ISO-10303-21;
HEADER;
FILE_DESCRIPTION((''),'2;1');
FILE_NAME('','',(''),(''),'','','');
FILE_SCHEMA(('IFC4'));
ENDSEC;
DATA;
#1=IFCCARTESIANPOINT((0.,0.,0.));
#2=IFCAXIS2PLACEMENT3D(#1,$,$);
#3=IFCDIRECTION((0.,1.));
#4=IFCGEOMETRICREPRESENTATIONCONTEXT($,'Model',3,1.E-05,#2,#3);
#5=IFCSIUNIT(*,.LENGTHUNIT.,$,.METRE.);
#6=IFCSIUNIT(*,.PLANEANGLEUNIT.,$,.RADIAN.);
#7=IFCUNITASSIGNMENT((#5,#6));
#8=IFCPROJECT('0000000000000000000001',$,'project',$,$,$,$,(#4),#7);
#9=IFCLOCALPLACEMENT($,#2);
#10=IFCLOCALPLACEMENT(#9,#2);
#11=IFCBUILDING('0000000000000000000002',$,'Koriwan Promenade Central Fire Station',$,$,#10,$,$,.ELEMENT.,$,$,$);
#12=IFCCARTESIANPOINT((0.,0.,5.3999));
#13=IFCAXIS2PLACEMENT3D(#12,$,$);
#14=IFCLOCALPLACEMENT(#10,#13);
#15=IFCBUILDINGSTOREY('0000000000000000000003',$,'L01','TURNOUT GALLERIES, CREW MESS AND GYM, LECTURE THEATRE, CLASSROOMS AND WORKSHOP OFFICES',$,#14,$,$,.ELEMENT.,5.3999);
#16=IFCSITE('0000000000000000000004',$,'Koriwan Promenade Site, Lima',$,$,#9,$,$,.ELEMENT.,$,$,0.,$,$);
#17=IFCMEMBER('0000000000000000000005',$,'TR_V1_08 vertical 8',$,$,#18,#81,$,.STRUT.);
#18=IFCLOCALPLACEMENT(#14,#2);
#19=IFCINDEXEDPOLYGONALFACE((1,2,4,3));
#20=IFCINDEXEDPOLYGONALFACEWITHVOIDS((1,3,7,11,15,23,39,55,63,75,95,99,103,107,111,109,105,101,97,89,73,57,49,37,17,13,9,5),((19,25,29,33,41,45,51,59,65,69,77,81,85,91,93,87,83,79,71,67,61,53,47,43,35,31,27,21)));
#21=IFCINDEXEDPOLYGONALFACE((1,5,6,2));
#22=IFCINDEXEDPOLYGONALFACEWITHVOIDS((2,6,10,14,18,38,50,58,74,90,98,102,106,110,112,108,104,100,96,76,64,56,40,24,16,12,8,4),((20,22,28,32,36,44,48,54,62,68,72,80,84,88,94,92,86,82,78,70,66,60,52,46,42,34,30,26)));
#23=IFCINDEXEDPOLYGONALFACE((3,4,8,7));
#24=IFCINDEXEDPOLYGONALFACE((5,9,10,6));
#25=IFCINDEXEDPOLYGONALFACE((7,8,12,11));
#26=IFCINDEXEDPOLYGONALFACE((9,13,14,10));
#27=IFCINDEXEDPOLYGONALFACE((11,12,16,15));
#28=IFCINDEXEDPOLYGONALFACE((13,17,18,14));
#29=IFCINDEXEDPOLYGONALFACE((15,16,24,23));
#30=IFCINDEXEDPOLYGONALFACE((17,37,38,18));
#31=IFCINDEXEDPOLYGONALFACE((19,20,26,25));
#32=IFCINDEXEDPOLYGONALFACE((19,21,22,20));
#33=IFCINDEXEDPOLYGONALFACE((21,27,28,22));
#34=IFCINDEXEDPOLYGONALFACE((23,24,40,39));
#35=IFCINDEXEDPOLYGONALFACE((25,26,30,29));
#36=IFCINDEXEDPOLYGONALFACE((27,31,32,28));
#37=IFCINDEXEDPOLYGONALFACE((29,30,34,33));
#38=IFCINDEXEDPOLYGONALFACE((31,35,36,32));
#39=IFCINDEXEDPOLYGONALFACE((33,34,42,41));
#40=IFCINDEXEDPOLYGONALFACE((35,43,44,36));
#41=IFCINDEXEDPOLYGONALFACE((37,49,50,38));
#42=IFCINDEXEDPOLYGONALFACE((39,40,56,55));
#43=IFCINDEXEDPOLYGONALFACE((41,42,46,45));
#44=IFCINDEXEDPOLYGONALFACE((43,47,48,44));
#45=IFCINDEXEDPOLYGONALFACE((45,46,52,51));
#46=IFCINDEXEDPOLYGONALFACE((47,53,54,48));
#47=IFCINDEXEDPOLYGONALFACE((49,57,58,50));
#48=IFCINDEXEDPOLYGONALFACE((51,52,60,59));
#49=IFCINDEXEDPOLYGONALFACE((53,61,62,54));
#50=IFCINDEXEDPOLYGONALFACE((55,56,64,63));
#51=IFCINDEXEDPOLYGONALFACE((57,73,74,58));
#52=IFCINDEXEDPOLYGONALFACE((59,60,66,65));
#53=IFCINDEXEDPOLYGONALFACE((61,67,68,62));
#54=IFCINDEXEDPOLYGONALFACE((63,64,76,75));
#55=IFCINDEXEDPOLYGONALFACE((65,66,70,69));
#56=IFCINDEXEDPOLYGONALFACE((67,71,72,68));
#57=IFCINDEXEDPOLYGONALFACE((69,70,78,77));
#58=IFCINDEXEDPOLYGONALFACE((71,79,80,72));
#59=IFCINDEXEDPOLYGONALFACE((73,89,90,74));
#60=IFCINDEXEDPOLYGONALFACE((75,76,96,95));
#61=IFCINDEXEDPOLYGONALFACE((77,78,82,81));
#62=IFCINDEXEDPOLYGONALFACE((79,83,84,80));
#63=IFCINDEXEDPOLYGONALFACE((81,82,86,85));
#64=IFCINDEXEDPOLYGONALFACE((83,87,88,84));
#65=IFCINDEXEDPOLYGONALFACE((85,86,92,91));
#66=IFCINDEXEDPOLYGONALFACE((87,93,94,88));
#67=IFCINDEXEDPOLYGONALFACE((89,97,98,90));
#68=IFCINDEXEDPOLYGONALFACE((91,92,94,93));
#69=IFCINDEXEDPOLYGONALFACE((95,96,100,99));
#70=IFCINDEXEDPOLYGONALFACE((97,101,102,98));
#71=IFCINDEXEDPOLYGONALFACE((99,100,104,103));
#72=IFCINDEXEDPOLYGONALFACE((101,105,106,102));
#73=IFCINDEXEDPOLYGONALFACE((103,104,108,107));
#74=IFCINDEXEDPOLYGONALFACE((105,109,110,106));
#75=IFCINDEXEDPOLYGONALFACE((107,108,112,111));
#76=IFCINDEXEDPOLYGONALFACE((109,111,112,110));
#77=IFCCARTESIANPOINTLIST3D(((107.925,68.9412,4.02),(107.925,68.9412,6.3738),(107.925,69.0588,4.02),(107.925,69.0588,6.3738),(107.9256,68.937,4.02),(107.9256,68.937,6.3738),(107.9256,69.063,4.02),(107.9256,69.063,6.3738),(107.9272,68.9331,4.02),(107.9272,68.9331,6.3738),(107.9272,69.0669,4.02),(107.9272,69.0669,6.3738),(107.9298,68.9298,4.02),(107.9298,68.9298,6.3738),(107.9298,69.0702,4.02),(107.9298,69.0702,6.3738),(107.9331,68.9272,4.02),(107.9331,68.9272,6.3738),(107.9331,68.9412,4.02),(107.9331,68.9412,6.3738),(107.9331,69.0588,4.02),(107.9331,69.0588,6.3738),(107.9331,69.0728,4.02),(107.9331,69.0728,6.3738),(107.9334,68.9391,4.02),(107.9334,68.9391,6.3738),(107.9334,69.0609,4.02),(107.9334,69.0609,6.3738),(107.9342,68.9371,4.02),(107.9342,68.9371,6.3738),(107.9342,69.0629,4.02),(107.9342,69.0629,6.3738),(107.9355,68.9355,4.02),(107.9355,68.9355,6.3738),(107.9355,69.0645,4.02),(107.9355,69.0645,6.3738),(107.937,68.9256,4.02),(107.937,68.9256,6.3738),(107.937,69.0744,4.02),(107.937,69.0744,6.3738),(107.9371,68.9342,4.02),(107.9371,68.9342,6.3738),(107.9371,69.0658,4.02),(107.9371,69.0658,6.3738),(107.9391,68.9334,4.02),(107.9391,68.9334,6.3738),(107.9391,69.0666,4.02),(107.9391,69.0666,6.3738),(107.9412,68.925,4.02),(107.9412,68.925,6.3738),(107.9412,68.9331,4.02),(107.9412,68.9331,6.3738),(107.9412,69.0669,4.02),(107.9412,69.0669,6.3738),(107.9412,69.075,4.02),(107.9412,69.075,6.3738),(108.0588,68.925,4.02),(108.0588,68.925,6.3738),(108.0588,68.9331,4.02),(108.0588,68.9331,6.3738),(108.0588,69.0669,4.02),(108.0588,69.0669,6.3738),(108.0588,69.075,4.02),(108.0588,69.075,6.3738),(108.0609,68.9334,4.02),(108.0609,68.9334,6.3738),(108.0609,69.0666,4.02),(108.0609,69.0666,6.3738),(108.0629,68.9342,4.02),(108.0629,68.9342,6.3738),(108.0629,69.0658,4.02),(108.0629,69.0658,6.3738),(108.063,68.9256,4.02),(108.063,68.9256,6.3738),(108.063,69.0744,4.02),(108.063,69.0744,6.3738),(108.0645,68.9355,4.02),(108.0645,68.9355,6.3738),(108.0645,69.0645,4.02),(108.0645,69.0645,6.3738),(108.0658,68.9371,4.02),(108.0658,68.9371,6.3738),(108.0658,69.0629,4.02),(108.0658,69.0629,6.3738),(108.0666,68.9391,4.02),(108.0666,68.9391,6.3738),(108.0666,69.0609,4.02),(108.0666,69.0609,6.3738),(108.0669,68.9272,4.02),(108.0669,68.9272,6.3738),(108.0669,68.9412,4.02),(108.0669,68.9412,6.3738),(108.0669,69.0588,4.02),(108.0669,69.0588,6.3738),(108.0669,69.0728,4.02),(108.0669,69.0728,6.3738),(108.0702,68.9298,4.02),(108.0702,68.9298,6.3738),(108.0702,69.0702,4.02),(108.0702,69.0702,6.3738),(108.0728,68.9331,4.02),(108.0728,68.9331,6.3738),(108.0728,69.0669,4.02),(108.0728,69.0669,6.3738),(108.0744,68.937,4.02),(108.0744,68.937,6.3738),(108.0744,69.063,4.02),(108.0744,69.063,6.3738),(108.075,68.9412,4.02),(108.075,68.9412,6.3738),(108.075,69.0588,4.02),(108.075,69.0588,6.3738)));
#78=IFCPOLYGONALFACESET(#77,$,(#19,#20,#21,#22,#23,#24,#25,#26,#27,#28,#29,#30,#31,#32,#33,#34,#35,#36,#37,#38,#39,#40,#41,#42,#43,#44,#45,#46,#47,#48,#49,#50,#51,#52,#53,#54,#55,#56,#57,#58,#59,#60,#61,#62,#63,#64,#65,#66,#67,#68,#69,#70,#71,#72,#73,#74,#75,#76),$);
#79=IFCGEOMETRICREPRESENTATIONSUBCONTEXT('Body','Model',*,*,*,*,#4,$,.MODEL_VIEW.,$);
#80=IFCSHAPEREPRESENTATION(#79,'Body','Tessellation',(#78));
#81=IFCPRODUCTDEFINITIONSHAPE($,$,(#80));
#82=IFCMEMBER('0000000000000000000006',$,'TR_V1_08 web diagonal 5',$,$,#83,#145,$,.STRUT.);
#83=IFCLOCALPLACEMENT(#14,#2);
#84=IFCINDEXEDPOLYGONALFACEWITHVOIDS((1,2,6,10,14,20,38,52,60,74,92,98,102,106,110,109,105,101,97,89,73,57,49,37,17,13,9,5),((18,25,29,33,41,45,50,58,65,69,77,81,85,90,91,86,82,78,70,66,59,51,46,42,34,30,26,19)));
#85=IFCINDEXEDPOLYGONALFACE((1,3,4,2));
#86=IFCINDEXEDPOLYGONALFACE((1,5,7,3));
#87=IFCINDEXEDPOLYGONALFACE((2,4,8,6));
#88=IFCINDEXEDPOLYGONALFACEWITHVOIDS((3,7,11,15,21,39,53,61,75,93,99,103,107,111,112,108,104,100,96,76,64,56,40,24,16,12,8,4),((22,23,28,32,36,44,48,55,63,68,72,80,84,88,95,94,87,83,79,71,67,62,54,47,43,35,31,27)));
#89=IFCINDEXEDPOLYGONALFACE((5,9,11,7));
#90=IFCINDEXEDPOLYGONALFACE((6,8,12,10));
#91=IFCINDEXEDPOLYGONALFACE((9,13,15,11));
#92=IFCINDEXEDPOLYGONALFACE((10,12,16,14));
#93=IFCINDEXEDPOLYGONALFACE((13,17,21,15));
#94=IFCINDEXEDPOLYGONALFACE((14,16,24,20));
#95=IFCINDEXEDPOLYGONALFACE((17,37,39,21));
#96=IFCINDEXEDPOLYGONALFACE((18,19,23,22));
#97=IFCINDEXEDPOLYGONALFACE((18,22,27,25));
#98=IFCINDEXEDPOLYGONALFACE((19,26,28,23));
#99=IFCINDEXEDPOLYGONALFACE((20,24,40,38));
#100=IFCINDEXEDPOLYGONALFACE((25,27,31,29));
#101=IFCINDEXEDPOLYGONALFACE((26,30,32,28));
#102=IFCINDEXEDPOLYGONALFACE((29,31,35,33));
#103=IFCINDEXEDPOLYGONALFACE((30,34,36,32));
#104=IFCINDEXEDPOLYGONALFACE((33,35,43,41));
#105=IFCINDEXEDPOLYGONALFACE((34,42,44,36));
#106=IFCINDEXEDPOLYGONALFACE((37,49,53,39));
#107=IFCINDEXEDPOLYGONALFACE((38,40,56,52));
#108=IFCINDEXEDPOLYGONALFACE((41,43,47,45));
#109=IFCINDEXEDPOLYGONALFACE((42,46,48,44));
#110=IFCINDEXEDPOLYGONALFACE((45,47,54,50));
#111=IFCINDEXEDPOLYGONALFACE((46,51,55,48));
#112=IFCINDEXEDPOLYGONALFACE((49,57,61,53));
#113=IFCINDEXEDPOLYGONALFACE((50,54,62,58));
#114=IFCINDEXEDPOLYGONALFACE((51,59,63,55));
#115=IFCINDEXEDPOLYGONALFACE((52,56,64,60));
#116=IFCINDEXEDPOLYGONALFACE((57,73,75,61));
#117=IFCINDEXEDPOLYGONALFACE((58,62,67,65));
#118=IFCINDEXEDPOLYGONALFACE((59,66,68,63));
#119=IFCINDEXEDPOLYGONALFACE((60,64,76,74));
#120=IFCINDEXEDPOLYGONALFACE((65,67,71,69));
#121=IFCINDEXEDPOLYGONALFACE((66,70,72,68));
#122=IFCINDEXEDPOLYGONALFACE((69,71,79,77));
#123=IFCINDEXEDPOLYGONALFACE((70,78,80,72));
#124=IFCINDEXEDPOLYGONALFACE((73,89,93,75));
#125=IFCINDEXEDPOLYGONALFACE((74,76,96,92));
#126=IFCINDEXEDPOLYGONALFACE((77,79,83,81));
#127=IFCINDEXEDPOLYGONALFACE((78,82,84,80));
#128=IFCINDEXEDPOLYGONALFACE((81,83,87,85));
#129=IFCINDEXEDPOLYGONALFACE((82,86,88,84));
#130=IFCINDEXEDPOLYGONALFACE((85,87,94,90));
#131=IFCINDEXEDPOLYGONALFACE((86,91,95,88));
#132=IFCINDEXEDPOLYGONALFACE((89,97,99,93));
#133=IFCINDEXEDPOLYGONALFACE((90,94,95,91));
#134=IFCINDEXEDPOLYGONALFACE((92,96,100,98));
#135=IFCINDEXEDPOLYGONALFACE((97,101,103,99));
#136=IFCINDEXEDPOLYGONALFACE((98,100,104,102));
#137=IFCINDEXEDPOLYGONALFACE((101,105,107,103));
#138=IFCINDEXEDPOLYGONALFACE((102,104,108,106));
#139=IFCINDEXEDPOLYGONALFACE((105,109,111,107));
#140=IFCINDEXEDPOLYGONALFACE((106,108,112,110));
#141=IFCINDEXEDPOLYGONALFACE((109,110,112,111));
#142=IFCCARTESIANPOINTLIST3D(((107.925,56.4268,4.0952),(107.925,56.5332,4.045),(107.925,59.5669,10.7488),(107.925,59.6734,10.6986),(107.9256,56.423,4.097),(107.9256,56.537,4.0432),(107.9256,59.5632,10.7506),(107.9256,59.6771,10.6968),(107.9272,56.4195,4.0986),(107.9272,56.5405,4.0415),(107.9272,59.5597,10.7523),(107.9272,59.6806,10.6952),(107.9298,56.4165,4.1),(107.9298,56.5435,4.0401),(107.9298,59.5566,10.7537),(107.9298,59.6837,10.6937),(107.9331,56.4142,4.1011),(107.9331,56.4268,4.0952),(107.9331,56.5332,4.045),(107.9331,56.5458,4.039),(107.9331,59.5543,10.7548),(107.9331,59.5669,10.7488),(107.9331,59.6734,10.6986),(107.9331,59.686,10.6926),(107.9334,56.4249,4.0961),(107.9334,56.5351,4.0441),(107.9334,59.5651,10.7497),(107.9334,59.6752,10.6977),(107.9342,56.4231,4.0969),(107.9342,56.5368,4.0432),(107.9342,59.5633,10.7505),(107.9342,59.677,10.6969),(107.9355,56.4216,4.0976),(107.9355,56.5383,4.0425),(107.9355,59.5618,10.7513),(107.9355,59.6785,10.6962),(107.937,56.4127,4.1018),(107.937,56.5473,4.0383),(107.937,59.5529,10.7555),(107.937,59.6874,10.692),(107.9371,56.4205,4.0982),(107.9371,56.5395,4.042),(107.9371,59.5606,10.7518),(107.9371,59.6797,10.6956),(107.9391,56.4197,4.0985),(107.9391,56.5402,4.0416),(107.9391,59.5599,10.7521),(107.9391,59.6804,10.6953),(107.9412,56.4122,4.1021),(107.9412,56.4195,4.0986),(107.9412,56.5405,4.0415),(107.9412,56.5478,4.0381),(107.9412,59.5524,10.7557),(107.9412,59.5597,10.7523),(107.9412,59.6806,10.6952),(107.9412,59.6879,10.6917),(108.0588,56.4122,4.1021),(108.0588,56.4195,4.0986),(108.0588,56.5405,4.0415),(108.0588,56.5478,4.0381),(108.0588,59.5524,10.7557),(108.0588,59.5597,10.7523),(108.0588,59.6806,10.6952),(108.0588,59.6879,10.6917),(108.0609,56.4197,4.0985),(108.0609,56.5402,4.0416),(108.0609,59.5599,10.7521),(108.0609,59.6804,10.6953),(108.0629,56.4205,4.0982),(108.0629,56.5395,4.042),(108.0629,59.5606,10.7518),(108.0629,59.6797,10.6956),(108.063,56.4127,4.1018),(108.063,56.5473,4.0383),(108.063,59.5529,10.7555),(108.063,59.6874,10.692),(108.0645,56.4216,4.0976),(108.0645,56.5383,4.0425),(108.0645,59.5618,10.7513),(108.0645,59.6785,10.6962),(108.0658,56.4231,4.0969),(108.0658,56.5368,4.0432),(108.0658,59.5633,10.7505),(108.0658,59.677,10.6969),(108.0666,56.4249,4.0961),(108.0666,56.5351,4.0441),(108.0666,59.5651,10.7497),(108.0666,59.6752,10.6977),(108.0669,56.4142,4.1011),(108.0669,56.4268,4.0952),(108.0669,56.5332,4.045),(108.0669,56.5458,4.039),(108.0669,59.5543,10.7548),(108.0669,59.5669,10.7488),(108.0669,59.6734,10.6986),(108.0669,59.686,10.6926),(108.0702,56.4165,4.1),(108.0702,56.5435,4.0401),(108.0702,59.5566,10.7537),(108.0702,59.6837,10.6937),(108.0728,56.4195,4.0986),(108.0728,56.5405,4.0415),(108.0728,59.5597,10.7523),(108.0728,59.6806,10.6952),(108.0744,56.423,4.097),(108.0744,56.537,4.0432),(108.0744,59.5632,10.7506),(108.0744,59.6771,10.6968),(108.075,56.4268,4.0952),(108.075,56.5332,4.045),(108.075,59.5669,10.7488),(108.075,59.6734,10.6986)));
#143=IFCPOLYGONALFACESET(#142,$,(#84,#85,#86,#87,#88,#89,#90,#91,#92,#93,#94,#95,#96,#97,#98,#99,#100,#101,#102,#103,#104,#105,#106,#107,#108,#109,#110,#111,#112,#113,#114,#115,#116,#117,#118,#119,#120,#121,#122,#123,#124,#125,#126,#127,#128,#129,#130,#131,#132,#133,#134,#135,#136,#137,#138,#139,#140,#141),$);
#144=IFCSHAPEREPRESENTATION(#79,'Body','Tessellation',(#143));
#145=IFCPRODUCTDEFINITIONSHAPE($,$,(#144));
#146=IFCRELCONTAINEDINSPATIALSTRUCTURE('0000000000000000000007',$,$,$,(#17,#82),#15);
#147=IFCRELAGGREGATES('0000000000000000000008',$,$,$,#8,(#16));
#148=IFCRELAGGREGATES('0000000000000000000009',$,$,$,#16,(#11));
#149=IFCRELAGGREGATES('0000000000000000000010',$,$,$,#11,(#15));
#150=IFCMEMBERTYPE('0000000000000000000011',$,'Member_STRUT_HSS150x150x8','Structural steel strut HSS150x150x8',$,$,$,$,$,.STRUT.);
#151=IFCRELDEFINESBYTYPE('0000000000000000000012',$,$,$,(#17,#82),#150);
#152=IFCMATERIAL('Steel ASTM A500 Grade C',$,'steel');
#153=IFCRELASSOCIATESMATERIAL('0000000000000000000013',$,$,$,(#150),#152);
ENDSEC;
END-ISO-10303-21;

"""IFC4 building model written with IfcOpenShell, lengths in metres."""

from ifc_helpers import new_model, si_unit, direction, frame, origin, origin_2d, place, context, subcontext, project, spatial, hollow_rectangle, extrude, material, material_profile, profile_set, type_object, element, save


model = new_model("IFC4")

# Units and contexts
model_context = context("Model", 3, precision=1e-05, world=origin(), true_north=direction((0.0, 1.0)))
body_context = subcontext(model_context, "Body", "Model", "MODEL_VIEW")
ifc_project = project(units=[si_unit("LENGTHUNIT", "METRE"), si_unit("PLANEANGLEUNIT", "RADIAN")], contexts=[model_context])

# Site, building, storey
site_placement = place(None, origin())
site = spatial("IfcSite", under=ifc_project, at=site_placement, Name="Koriwan Promenade Site, Lima", CompositionType="ELEMENT", RefElevation=0.0)
building_placement = place(site_placement, origin())
building = spatial("IfcBuilding", under=site, at=building_placement, Name="Koriwan Promenade Central Fire Station", CompositionType="ELEMENT")
storey_placement = place(building_placement, frame((0.0, 0.0, 5.3999)))
storey = spatial("IfcBuildingStorey", under=building, at=storey_placement, Name="L01", Description="TURNOUT GALLERIES, CREW MESS AND GYM, LECTURE THEATRE, CLASSROOMS AND WORKSHOP OFFICES", CompositionType="ELEMENT", Elevation=5.3999)

# Members
ifc_material_1 = material(Name="Steel ASTM A500 Grade C", Category="steel")
ifc_material_profile_1 = material_profile(ifc_material_1, hollow_rectangle(XDim=0.1499, YDim=0.1499, WallThickness=0.0081, InnerFilletRadius=0.0081, OuterFilletRadius=0.0161, at=origin_2d()), Name="HSS150x150x8")
ifc_profile_set_1 = profile_set([ifc_material_profile_1], Name="Steel ASTM A500 Grade C")
member_type_1 = type_object("IfcMemberType", Name="Member_STRUT_HSS150x150x8", Description="Structural steel strut HSS150x150x8", PredefinedType="STRUT", material=ifc_profile_set_1)
member_1_placement = place(storey_placement, frame((108.0, 69.0, 4.02), z_axis=(0.0, 0.0, 1.0), x_axis=(1.0, 0.0, 0.0)))
element("IfcMember", 1, at=member_1_placement, inside=storey, type_object=member_type_1, Name="TR_V1_08 vertical 8", PredefinedType="STRUT", context=body_context, shape_type="SweptSolid", body=[
    extrude(hollow_rectangle(XDim=0.1499, YDim=0.1499, WallThickness=0.0081, InnerFilletRadius=0.0081, OuterFilletRadius=0.0161, at=origin_2d()), origin(), (0.0, 0.0, 1.0), 2.3538),
])
member_2_placement = place(storey_placement, frame((108.0, 56.48, 4.0701), z_axis=(0.0, 0.426804, 0.904344), x_axis=(-1.0, 0.0, 0.0)))
element("IfcMember", 2, at=member_2_placement, inside=storey, type_object=member_type_1, Name="TR_V1_08 web diagonal 5", PredefinedType="STRUT", context=body_context, shape_type="SweptSolid", body=[
    extrude(hollow_rectangle(XDim=0.1499, YDim=0.1499, WallThickness=0.0081, InnerFilletRadius=0.0081, OuterFilletRadius=0.0161, at=origin_2d()), origin(), (0.0, 0.0, 1.0), 7.3574),
])

save(model, "model.ifc")
